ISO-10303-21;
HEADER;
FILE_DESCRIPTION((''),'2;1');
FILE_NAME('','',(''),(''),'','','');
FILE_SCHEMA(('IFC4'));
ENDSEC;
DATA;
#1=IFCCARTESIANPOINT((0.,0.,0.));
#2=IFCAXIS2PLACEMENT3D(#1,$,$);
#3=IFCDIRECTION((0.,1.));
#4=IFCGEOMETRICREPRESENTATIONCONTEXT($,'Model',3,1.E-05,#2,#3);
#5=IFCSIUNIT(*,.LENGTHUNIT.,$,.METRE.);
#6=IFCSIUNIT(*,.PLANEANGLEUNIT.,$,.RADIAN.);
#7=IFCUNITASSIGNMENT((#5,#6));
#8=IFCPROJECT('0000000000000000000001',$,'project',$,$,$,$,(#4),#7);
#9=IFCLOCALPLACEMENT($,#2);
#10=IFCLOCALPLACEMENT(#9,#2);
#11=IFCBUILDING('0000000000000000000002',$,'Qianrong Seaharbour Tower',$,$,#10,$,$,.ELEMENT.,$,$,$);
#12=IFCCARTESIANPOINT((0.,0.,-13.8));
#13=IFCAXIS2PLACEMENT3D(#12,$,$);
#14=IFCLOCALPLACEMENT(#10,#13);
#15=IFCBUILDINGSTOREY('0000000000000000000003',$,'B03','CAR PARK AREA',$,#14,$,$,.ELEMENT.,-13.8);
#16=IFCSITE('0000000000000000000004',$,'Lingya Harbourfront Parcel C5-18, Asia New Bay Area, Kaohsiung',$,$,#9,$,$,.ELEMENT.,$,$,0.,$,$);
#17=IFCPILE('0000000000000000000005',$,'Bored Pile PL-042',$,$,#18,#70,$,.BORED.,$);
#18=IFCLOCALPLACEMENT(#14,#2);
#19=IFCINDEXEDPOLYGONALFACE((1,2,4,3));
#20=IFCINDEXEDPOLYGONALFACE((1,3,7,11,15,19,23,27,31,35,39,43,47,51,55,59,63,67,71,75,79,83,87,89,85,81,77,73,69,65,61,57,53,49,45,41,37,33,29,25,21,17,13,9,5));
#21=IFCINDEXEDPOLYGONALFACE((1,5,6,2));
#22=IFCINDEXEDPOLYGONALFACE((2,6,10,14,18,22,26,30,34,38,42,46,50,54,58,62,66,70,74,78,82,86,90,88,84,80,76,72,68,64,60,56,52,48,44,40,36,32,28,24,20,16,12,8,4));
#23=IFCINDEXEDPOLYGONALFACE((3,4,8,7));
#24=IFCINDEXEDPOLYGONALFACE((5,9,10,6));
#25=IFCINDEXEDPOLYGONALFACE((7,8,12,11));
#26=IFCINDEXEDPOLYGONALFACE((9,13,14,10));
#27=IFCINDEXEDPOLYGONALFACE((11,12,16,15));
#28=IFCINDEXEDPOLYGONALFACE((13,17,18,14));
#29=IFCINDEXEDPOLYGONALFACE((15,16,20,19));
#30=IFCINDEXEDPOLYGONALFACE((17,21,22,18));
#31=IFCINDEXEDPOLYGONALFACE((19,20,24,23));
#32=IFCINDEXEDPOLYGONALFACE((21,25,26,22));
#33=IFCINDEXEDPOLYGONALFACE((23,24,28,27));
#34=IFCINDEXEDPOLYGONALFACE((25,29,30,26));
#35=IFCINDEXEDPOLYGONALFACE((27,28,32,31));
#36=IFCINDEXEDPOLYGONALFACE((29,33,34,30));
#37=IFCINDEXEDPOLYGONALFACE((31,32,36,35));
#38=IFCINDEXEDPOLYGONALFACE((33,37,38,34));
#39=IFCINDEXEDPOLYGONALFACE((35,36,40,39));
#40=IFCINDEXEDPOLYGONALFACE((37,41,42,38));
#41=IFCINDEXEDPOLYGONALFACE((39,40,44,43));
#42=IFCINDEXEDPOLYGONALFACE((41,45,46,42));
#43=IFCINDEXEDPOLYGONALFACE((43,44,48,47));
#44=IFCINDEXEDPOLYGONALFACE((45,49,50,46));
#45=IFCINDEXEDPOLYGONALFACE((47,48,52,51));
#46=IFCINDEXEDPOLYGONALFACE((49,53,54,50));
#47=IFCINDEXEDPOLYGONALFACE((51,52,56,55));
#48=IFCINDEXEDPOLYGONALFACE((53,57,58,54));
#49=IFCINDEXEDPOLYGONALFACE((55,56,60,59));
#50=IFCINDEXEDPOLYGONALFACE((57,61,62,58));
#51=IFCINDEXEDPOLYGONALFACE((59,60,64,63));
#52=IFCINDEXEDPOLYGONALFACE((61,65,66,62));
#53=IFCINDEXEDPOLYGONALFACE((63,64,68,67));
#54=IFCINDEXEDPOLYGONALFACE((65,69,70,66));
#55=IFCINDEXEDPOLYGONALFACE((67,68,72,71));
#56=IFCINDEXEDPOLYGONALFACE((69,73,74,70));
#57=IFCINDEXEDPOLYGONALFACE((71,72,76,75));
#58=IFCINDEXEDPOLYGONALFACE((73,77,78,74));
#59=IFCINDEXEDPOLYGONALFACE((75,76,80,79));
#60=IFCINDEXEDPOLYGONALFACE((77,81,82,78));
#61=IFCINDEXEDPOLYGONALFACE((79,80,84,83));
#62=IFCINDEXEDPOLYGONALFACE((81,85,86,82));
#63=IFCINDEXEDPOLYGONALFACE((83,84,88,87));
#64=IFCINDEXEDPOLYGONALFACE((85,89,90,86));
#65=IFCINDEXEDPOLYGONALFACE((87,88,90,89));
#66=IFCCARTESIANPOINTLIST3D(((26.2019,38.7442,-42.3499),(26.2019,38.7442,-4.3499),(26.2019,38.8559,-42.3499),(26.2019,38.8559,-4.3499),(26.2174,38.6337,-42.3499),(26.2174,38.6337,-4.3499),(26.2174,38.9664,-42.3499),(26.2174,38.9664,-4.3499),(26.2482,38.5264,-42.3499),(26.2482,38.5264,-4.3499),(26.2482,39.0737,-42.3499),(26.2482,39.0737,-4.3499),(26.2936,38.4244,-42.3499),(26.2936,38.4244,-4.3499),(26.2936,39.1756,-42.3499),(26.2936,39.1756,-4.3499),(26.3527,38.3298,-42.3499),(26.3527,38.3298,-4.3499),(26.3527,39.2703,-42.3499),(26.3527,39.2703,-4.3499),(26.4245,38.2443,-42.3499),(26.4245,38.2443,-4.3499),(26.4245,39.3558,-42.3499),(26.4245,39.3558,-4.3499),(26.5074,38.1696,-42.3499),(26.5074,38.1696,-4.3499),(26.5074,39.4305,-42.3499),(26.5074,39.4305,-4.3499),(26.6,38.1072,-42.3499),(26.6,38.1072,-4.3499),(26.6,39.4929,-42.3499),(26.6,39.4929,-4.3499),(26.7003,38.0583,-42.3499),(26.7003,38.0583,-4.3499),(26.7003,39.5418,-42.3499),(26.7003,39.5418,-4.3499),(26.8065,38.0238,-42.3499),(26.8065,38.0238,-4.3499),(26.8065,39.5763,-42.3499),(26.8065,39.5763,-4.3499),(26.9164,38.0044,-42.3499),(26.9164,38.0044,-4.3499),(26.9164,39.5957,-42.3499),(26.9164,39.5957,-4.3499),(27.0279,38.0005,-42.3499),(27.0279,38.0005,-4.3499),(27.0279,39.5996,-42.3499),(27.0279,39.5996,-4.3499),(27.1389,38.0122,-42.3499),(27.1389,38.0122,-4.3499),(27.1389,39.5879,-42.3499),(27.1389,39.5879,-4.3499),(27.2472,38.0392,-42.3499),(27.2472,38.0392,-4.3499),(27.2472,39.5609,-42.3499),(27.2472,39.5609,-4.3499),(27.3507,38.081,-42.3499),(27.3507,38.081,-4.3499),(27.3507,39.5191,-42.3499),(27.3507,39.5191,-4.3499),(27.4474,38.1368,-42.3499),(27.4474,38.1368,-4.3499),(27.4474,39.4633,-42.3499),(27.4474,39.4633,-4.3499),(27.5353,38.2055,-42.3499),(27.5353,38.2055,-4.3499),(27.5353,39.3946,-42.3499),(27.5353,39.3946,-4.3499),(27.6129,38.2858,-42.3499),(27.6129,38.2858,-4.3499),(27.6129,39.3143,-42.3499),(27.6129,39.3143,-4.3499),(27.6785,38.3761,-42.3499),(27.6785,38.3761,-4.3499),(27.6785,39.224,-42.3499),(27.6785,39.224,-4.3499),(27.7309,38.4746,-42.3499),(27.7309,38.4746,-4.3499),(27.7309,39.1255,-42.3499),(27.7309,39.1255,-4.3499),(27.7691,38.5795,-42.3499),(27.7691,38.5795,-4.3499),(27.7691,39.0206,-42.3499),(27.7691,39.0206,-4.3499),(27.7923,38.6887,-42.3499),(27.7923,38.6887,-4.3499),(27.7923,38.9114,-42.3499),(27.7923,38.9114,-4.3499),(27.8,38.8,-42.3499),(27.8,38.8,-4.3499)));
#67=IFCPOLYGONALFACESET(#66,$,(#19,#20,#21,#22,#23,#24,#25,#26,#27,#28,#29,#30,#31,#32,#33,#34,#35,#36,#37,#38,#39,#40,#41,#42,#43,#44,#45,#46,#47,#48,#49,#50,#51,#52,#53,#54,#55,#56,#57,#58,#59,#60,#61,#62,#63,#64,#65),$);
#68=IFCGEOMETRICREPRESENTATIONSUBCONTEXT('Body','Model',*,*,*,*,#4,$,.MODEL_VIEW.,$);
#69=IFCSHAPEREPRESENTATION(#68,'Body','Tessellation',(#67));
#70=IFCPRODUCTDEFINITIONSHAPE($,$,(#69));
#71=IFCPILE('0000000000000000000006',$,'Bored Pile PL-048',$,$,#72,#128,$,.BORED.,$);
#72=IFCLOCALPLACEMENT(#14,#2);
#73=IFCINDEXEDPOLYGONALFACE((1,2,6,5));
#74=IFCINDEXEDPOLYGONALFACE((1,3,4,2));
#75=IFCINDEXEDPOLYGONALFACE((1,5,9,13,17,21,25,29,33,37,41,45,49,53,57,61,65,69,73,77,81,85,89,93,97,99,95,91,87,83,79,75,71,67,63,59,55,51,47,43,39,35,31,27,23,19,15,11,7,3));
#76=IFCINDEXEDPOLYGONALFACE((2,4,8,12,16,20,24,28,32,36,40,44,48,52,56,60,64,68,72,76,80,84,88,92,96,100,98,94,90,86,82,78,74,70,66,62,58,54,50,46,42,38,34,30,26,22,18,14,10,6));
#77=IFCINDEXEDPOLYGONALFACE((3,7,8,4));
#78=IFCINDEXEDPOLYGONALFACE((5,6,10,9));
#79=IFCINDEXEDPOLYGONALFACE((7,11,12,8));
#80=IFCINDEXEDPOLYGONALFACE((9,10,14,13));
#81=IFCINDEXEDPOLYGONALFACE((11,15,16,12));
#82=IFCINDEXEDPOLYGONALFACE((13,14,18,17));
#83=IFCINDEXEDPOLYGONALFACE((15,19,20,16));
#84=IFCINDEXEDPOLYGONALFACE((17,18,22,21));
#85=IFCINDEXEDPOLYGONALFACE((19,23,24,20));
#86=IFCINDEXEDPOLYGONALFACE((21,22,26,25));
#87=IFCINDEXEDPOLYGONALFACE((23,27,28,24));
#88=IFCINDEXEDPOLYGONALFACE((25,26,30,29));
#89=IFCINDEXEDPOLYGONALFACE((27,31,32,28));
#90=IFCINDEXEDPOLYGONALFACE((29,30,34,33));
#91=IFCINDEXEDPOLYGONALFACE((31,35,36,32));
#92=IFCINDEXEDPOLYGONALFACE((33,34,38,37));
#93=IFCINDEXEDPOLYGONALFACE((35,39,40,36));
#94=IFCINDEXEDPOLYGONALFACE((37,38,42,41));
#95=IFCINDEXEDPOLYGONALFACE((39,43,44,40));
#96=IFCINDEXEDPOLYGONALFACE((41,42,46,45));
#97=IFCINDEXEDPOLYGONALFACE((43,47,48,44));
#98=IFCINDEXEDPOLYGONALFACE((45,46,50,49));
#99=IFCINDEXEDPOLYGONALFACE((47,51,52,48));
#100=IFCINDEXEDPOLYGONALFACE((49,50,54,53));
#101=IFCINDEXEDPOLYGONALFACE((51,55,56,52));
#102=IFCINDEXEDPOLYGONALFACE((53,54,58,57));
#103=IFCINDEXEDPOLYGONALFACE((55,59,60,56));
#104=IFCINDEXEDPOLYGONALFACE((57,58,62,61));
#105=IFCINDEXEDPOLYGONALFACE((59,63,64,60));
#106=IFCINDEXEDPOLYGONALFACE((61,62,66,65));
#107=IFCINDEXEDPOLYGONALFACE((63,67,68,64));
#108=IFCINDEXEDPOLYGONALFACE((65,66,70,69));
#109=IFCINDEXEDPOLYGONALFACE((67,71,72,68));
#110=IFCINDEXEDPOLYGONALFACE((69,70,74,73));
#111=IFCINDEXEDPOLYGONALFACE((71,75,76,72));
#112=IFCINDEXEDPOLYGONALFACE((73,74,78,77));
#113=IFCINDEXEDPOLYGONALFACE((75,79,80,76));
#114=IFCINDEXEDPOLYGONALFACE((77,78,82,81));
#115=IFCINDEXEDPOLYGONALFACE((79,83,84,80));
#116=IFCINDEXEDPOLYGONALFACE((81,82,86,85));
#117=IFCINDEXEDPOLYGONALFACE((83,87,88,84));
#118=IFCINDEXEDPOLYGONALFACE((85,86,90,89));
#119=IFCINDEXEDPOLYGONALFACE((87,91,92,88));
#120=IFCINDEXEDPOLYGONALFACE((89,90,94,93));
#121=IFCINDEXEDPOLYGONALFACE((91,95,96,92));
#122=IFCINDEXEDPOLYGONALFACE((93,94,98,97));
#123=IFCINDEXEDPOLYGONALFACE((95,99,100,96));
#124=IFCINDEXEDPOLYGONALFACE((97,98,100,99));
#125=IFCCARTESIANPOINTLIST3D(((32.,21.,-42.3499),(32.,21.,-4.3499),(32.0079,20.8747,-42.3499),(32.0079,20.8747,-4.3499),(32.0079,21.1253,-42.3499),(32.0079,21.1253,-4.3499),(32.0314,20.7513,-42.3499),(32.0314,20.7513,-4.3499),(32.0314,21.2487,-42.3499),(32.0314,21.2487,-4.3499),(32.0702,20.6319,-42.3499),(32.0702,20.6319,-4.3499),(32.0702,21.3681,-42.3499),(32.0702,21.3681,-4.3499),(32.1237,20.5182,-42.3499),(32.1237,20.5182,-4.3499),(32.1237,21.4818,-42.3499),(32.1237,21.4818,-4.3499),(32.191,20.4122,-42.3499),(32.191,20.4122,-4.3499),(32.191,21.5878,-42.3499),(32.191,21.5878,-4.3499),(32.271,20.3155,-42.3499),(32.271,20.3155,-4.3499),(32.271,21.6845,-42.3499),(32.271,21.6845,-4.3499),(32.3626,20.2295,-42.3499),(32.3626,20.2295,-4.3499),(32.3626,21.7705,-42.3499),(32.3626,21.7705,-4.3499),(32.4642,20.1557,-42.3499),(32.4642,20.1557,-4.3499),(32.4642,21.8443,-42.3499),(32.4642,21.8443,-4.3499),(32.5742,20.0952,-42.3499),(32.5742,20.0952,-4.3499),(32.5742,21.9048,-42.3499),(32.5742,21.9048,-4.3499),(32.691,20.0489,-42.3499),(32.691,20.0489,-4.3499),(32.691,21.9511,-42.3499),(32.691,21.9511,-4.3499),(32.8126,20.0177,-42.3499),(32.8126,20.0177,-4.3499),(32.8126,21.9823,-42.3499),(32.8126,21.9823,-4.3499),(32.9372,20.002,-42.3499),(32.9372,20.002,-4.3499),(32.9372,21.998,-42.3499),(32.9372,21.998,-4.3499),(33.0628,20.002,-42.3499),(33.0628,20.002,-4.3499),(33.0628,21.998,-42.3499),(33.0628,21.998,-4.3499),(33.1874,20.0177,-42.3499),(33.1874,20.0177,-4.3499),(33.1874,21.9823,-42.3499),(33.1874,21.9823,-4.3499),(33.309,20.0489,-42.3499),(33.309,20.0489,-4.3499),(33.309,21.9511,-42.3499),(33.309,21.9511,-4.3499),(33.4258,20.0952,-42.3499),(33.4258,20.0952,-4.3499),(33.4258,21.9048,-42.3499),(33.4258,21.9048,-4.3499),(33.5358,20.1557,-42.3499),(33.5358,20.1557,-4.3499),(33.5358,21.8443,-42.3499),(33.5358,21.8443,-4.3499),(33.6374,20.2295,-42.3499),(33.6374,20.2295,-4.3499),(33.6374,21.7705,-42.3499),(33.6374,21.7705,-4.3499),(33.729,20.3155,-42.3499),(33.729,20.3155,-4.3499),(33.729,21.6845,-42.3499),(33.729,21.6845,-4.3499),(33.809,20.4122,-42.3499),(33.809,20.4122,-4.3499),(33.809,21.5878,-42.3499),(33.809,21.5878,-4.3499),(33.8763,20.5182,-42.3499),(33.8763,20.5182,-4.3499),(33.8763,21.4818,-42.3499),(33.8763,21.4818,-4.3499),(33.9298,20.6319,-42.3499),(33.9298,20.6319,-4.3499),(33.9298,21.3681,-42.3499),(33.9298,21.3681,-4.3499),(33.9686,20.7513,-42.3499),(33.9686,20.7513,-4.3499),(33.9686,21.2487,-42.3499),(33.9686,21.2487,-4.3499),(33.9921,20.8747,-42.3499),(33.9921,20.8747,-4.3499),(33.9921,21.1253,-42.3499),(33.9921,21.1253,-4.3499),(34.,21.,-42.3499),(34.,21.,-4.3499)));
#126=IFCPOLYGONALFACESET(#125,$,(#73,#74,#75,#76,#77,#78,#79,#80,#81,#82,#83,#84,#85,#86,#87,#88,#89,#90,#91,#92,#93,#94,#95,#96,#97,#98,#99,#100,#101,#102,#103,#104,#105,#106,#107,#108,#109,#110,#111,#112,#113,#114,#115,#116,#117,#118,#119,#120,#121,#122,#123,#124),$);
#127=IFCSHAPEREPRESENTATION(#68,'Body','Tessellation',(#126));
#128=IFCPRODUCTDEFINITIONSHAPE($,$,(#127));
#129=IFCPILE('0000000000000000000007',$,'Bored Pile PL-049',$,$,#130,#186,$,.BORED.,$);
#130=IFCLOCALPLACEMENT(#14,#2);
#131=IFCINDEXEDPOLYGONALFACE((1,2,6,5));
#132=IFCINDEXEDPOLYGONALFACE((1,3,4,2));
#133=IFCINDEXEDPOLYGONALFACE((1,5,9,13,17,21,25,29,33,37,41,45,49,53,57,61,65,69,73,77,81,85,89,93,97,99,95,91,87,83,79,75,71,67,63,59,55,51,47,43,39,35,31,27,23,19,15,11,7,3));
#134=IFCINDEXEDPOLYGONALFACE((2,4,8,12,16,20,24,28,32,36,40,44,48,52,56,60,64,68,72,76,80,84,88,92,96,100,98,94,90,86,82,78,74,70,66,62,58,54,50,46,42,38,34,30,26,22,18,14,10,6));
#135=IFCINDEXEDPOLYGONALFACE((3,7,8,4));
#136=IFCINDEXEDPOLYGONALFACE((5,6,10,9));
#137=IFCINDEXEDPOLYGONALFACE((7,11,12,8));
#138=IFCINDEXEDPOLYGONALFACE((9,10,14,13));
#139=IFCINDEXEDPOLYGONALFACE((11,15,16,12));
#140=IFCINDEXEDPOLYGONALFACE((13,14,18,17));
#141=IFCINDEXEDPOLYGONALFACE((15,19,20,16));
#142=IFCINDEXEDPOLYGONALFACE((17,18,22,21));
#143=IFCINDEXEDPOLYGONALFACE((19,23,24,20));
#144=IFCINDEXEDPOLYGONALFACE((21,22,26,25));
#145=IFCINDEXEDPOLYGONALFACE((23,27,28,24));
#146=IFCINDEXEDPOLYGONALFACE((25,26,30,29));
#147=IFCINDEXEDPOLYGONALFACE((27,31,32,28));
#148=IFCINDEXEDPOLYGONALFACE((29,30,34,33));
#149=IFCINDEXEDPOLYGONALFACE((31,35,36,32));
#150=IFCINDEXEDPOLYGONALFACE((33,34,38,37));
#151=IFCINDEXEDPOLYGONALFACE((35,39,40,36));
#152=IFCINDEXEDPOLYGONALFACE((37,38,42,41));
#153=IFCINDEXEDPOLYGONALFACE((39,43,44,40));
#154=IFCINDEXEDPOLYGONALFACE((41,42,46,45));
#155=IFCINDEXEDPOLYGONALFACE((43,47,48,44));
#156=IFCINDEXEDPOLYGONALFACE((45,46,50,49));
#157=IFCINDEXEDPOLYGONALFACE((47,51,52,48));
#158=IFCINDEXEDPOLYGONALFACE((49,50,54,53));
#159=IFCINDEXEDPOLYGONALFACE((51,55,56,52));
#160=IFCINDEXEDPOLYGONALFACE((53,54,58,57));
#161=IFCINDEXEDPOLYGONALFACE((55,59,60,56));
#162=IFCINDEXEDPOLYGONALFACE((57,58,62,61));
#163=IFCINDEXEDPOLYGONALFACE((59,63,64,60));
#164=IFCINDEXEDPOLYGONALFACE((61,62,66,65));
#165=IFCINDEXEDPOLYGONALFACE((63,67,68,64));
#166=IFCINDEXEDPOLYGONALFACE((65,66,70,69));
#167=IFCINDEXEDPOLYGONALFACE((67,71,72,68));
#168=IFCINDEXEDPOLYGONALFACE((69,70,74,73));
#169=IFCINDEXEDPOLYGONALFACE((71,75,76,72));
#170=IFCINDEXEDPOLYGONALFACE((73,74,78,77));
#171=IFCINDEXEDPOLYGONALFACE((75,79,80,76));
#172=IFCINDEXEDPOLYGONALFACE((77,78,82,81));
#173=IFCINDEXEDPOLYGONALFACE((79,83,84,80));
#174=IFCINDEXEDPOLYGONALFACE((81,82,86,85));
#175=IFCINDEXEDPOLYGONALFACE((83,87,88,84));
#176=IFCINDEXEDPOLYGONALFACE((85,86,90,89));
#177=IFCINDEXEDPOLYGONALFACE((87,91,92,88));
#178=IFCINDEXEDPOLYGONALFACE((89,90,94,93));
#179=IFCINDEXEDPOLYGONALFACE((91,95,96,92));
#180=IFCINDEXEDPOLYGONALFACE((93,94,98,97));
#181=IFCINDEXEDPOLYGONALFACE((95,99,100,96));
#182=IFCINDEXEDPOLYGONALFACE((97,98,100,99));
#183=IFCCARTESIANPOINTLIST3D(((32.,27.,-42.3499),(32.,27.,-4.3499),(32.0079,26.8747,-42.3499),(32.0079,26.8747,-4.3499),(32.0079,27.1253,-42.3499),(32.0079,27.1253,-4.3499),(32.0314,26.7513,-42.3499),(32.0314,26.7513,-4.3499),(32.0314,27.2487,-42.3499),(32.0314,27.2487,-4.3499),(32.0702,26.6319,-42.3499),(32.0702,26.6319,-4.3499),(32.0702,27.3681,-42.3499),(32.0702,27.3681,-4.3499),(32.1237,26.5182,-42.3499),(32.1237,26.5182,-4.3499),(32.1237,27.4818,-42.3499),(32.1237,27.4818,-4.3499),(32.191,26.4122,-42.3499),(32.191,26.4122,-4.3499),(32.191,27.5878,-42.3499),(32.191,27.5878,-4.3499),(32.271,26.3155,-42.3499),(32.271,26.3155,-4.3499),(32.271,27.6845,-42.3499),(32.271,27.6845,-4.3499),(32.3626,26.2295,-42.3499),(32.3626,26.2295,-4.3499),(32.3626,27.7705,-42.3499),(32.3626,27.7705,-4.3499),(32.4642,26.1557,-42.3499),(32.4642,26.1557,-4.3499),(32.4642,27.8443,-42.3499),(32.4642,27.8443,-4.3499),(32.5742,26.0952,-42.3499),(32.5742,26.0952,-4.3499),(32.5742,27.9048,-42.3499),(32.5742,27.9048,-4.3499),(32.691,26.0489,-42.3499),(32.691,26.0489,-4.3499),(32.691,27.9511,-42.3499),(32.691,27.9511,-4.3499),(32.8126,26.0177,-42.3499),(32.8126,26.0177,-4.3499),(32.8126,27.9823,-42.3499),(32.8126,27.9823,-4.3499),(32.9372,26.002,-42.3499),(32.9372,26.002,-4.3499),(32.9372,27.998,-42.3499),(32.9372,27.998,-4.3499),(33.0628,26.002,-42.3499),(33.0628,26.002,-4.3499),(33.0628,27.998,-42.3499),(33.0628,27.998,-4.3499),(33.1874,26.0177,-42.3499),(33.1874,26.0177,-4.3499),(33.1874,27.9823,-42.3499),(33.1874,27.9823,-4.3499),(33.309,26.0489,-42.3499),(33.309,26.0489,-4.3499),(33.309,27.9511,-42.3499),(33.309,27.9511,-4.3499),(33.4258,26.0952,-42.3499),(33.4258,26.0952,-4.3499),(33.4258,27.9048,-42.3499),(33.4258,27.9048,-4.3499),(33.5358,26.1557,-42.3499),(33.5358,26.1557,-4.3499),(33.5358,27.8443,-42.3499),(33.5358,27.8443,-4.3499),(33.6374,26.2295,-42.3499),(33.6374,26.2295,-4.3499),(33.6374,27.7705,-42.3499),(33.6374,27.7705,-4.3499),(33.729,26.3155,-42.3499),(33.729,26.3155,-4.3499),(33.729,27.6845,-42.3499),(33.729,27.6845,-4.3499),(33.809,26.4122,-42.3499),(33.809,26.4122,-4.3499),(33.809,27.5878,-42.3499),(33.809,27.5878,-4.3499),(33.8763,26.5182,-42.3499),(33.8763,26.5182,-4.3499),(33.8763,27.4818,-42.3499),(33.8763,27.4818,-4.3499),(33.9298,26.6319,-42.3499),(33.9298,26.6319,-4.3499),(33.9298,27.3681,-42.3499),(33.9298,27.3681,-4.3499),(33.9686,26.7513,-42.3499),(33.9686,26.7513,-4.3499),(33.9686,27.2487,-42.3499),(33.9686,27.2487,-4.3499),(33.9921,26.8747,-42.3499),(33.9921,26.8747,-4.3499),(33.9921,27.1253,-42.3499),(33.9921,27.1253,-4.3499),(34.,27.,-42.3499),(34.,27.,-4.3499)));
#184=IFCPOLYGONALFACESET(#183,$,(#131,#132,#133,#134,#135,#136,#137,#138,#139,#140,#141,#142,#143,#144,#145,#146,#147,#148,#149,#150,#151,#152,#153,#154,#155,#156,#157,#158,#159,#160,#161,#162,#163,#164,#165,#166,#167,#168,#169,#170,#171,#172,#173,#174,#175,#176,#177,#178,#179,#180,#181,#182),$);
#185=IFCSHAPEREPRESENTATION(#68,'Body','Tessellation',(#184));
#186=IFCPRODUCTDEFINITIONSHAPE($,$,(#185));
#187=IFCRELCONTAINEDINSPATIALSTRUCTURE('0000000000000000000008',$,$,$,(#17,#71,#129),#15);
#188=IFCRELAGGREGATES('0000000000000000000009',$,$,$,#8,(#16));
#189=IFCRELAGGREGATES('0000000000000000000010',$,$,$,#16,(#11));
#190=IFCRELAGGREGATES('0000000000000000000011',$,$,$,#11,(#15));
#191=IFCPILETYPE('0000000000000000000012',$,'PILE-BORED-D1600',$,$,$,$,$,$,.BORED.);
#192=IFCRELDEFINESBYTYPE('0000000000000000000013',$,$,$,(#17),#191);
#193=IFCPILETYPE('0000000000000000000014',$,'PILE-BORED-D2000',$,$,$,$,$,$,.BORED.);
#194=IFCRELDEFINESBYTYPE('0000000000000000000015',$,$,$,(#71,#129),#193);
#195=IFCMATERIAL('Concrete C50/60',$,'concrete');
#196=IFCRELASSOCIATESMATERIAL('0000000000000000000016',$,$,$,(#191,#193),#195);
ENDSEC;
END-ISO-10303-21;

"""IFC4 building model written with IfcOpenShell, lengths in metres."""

from ifc_helpers import new_model, si_unit, direction, frame, origin, origin_2d, place, context, subcontext, project, spatial, circle, extrude, material, material_profile, profile_set, type_object, element, save


model = new_model("IFC4")

# Units and contexts
model_context = context("Model", 3, precision=1e-05, world=origin(), true_north=direction((0.0, 1.0)))
body_context = subcontext(model_context, "Body", "Model", "MODEL_VIEW")
ifc_project = project(units=[si_unit("LENGTHUNIT", "METRE"), si_unit("PLANEANGLEUNIT", "RADIAN")], contexts=[model_context])

# Site, building, storey
site_placement = place(None, origin())
site = spatial("IfcSite", under=ifc_project, at=site_placement, Name="Lingya Harbourfront Parcel C5-18, Asia New Bay Area, Kaohsiung", CompositionType="ELEMENT", RefElevation=0.0)
building_placement = place(site_placement, origin())
building = spatial("IfcBuilding", under=site, at=building_placement, Name="Qianrong Seaharbour Tower", CompositionType="ELEMENT")
storey_placement = place(building_placement, frame((0.0, 0.0, -13.8)))
storey = spatial("IfcBuildingStorey", under=building, at=storey_placement, Name="B03", Description="CAR PARK AREA", CompositionType="ELEMENT", Elevation=-13.8)

# Piles
ifc_material_1 = material(Name="Concrete C50/60", Category="concrete")
ifc_material_profile_1 = material_profile(ifc_material_1, circle(Radius=0.8, at=origin_2d()), Name="PILE-D1600")
ifc_profile_set_1 = profile_set([ifc_material_profile_1], Name="Concrete C50/60")
pile_type_1 = type_object("IfcPileType", Name="PILE-BORED-D1600", PredefinedType="BORED", material=ifc_profile_set_1)
for number, where, z_axis, x_axis, name in (
    (1, (27.0, 38.8, -4.3499), (0.0, 0.0, -1.0), (1.0, 0.0, 0.0), "Bored Pile PL-042"),
):
    element("IfcPile", number, at=place(storey_placement, frame(where, z_axis=z_axis, x_axis=x_axis)), inside=storey, type_object=pile_type_1, Name=name, PredefinedType="BORED", context=body_context, shape_type="SweptSolid", body=[
        extrude(circle(Radius=0.8, at=origin_2d()), origin(), (0.0, 0.0, 1.0), 38.0),
    ])
ifc_material_profile_2 = material_profile(ifc_material_1, circle(Radius=1.0, at=origin_2d()), Name="PILE-D2000")
ifc_profile_set_2 = profile_set([ifc_material_profile_2], Name="Concrete C50/60")
pile_type_2 = type_object("IfcPileType", Name="PILE-BORED-D2000", PredefinedType="BORED", material=ifc_profile_set_2)
for number, where, z_axis, x_axis, name in (
    (2, (33.0, 21.0, -4.3499), (0.0, 0.0, -1.0), (1.0, 0.0, 0.0), "Bored Pile PL-048"),
    (3, (33.0, 27.0, -4.3499), (0.0, 0.0, -1.0), (1.0, 0.0, 0.0), "Bored Pile PL-049"),
):
    element("IfcPile", number, at=place(storey_placement, frame(where, z_axis=z_axis, x_axis=x_axis)), inside=storey, type_object=pile_type_2, Name=name, PredefinedType="BORED", context=body_context, shape_type="SweptSolid", body=[
        extrude(circle(Radius=1.0, at=origin_2d()), origin(), (0.0, 0.0, 1.0), 38.0),
    ])

save(model, "model.ifc")
